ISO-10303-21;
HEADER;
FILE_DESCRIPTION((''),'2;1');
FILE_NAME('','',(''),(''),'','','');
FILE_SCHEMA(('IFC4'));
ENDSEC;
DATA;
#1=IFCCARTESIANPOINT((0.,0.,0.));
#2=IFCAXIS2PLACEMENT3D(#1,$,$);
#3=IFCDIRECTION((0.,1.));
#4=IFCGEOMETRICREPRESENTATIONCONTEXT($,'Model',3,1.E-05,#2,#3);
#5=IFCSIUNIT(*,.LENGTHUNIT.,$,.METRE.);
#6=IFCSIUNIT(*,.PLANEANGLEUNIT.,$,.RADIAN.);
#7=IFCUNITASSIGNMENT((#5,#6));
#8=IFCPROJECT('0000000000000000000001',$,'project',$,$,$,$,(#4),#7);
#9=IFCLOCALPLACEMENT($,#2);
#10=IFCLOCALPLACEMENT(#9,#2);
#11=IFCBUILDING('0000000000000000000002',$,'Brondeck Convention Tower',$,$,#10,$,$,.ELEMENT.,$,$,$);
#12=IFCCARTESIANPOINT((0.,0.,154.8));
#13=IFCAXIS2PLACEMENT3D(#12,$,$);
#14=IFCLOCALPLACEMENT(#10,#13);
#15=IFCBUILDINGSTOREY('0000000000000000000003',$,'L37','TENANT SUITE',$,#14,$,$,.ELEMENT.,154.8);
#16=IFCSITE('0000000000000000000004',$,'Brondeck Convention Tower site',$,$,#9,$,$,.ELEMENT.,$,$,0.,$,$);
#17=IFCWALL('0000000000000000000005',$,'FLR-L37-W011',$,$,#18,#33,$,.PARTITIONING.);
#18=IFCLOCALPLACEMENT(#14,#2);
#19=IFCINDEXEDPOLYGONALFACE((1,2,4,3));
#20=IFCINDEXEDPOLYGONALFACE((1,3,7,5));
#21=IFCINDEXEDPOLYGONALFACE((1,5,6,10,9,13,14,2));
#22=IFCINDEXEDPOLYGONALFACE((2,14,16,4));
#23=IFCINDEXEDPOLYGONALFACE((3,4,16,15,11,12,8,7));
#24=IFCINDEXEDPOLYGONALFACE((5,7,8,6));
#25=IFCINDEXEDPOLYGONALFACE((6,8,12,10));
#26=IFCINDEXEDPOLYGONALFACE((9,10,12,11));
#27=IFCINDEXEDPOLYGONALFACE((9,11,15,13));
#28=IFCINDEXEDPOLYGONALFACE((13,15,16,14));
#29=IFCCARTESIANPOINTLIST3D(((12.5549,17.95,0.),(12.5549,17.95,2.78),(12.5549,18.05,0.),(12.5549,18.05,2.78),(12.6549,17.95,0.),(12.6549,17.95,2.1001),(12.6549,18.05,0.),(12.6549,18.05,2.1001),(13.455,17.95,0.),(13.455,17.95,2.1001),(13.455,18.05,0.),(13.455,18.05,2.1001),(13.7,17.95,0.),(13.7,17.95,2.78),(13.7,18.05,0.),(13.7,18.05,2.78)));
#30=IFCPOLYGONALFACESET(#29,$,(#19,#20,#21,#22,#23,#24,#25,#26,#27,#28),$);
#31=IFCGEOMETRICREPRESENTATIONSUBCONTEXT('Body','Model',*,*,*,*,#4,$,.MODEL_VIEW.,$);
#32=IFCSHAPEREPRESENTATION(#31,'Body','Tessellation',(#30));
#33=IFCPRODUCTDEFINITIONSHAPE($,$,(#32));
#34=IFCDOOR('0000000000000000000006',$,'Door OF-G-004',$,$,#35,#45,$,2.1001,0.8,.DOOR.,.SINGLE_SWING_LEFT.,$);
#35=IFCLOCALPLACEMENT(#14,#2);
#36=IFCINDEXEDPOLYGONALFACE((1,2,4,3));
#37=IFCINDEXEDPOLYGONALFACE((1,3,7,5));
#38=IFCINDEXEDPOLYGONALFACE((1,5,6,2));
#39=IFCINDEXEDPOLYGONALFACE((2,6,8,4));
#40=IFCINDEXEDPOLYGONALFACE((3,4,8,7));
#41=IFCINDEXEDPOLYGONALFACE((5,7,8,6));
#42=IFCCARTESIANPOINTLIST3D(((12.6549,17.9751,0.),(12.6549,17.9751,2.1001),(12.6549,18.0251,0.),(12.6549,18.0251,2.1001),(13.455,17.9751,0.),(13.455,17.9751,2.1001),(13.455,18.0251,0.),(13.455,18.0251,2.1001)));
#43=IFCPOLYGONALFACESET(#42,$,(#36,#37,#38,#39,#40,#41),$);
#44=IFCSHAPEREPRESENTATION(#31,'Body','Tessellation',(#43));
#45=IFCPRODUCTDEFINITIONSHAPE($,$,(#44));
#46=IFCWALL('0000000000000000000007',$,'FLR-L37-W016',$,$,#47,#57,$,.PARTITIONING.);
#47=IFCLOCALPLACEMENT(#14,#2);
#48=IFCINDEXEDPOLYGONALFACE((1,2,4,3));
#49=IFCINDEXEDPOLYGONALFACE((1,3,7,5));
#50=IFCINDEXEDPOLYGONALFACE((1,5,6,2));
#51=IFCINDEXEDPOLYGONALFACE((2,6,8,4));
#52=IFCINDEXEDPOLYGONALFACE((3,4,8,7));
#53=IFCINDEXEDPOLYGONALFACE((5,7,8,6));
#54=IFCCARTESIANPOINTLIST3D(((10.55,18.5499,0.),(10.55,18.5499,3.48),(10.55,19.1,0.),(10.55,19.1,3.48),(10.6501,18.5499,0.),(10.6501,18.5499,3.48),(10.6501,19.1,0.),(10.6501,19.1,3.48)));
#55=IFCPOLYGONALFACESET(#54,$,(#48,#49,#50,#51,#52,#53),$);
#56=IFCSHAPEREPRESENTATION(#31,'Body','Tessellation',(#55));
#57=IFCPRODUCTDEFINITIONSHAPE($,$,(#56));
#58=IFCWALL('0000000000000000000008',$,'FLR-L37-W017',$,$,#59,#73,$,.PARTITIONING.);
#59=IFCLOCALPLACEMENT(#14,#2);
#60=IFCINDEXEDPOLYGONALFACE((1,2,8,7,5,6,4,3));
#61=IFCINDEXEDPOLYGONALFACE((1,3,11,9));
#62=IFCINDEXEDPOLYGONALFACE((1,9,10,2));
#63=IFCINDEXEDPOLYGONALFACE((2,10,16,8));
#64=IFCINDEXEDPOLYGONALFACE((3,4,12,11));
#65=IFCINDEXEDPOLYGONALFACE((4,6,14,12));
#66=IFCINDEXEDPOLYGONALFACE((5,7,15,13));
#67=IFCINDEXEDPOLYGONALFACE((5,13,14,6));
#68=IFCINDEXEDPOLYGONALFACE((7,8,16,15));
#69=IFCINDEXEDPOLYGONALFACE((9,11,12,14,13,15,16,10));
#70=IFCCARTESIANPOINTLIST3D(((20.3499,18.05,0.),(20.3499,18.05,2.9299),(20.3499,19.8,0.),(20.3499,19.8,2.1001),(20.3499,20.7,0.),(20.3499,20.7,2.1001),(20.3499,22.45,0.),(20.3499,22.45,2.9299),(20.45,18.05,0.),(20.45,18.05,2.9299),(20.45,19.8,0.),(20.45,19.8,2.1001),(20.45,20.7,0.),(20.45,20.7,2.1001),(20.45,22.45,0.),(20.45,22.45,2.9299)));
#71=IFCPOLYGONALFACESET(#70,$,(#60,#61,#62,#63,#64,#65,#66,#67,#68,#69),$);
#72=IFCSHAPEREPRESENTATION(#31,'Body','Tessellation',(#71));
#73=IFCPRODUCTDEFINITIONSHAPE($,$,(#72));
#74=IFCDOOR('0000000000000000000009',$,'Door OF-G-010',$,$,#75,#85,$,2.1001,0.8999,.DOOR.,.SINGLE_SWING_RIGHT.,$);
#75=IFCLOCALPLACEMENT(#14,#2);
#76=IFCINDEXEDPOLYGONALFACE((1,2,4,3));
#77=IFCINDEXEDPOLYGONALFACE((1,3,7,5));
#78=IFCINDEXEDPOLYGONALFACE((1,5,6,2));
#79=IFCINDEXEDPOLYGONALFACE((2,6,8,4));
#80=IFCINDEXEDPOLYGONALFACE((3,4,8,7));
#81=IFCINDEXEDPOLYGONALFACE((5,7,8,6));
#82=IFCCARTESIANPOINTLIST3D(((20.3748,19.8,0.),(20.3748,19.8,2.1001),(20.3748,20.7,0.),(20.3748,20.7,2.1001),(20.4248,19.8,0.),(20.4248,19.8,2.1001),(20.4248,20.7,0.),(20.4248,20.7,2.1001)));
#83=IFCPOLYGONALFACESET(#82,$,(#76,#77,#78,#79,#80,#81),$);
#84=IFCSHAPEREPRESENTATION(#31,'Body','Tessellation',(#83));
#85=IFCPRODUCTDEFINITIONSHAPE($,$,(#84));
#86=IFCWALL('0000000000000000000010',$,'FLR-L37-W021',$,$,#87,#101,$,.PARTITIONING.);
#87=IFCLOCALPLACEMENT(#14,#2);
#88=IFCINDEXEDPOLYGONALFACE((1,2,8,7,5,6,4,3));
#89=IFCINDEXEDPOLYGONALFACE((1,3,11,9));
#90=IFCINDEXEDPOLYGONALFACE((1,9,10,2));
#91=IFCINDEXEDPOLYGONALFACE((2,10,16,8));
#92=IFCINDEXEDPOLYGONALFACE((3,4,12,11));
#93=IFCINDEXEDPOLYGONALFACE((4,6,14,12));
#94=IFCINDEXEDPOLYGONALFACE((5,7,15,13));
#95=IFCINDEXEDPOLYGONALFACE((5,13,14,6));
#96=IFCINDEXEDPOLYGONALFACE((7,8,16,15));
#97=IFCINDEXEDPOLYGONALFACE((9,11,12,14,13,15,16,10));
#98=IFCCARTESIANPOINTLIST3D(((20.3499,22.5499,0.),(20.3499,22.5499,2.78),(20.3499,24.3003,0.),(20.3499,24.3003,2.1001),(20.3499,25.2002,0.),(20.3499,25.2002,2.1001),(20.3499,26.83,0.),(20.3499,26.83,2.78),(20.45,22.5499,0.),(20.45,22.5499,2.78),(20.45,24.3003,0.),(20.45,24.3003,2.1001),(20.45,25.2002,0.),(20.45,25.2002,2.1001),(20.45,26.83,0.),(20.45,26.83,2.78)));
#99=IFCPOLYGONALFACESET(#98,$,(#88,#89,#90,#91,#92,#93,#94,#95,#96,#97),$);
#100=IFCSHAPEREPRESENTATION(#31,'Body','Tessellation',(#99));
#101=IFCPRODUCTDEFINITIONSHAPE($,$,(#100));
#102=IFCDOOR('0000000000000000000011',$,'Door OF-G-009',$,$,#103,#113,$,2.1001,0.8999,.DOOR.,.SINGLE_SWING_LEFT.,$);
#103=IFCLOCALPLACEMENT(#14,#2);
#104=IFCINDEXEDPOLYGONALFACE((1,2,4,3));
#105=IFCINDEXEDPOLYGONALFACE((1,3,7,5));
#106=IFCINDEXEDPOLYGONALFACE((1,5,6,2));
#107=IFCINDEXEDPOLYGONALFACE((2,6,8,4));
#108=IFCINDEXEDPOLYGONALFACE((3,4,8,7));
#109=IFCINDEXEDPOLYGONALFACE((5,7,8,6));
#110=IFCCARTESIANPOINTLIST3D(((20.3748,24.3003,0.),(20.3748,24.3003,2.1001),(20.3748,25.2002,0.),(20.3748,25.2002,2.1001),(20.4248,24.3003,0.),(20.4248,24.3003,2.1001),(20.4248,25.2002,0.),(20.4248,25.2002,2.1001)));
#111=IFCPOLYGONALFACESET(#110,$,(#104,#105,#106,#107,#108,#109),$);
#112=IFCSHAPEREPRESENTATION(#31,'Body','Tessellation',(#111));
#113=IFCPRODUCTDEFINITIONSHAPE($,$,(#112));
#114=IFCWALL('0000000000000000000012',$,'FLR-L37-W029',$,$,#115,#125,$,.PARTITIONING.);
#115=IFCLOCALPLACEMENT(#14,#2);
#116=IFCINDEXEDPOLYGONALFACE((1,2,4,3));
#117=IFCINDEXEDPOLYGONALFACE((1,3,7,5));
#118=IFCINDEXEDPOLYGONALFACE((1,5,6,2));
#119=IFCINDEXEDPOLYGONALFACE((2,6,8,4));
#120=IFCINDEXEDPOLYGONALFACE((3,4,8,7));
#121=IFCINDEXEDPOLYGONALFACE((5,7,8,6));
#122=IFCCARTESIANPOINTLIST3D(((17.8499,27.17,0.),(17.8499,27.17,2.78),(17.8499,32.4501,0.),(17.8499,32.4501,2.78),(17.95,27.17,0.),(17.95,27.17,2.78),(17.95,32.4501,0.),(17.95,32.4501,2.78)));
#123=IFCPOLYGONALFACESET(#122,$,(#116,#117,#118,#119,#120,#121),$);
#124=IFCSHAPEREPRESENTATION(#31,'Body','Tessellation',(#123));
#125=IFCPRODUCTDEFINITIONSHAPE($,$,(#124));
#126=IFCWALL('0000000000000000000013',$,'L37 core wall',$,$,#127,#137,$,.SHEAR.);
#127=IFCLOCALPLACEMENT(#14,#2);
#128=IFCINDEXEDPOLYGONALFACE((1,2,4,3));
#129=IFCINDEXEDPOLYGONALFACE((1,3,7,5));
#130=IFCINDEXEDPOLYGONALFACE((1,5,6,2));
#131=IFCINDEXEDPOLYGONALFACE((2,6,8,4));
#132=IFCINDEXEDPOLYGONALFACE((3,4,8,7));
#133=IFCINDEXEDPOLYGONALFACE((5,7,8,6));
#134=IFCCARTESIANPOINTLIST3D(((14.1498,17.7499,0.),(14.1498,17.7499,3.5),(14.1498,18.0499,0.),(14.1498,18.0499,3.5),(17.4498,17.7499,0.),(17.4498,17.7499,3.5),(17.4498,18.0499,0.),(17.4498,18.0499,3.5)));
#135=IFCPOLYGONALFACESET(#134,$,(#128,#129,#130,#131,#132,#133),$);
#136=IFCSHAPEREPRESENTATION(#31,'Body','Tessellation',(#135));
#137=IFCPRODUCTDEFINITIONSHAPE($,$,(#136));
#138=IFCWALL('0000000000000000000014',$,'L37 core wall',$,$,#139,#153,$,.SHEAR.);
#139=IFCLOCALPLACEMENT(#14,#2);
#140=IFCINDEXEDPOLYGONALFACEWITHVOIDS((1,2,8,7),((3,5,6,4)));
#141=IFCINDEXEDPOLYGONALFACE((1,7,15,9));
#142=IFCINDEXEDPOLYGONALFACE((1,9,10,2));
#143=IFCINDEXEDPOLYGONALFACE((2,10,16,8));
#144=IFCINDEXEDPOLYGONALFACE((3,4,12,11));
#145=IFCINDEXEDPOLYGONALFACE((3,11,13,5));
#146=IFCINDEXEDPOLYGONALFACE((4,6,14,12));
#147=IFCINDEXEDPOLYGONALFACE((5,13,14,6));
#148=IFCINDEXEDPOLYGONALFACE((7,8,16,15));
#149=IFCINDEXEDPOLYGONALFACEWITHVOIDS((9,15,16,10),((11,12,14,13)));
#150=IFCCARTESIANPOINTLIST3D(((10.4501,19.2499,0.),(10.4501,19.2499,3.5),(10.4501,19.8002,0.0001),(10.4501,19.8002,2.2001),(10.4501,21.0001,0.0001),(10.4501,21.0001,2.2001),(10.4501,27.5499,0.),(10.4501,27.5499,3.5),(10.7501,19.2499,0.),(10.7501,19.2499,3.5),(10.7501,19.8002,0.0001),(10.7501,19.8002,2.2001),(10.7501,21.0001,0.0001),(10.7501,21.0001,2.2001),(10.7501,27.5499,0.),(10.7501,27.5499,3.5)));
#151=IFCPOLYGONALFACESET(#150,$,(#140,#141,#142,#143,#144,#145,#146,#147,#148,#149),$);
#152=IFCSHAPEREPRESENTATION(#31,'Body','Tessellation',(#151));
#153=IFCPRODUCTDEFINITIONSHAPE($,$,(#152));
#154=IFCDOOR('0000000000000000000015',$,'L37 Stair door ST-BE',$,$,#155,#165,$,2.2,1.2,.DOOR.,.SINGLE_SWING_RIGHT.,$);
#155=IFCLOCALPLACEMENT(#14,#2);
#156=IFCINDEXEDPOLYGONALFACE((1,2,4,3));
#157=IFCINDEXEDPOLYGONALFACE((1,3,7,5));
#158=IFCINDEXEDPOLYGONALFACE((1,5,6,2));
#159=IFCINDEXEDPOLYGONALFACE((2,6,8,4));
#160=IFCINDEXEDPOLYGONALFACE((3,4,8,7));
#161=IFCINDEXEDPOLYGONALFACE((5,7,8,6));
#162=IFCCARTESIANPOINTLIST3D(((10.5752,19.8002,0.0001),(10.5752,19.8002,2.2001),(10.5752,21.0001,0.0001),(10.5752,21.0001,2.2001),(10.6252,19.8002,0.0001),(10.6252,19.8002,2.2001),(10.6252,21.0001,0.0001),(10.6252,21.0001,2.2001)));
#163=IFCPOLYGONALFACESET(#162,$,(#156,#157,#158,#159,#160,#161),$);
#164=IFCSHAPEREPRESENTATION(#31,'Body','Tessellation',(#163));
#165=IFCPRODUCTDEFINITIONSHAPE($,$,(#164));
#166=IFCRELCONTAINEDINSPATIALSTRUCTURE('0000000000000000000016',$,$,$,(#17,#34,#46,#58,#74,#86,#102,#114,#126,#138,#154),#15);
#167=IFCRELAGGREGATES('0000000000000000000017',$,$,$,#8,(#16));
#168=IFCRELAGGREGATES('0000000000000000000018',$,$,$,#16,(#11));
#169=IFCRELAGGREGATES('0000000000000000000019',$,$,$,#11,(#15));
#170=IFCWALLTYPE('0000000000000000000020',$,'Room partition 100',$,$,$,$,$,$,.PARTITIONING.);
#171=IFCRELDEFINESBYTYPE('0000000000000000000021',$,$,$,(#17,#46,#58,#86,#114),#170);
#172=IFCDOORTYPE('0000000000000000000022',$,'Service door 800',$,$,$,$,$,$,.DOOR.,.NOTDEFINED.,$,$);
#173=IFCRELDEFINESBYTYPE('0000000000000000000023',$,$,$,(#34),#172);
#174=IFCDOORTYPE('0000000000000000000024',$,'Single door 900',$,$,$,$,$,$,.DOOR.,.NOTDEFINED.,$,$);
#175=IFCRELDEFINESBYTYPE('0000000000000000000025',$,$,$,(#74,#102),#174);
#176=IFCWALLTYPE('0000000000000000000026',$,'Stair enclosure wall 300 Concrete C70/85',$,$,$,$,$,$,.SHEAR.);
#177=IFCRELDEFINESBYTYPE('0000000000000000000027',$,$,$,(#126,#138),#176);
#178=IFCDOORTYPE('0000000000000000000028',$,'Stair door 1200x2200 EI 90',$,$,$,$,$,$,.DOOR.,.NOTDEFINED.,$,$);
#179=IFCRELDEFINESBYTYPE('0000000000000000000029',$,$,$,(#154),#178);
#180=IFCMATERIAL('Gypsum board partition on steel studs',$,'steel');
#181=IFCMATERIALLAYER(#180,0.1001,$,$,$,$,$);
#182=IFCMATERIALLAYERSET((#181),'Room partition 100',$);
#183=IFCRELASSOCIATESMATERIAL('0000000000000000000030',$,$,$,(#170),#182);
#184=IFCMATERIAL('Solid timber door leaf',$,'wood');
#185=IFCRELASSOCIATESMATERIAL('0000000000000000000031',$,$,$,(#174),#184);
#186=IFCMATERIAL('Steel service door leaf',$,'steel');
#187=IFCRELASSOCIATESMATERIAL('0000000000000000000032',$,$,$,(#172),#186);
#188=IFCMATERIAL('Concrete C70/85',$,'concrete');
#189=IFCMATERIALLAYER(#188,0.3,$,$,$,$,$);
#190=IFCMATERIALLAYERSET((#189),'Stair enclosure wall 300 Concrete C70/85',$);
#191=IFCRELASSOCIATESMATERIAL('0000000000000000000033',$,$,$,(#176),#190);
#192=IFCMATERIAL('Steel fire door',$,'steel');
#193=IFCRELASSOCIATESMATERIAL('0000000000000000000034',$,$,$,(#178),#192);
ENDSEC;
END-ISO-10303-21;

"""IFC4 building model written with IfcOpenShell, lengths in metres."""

from ifc_helpers import new_model, si_unit, direction, frame, frame_2d, origin, place, context, subcontext, project, spatial, rectangle, extrude, material, layer, layer_set, type_object, element, fill, save


model = new_model("IFC4")

# Units and contexts
model_context = context("Model", 3, precision=1e-05, world=origin(), true_north=direction((0.0, 1.0)))
body_context = subcontext(model_context, "Body", "Model", "MODEL_VIEW")
ifc_project = project(units=[si_unit("LENGTHUNIT", "METRE"), si_unit("PLANEANGLEUNIT", "RADIAN")], contexts=[model_context])

# Site, building, storey
site_placement = place(None, origin())
site = spatial("IfcSite", under=ifc_project, at=site_placement, Name="Brondeck Convention Tower site", CompositionType="ELEMENT", RefElevation=0.0)
building_placement = place(site_placement, origin())
building = spatial("IfcBuilding", under=site, at=building_placement, Name="Brondeck Convention Tower", CompositionType="ELEMENT")
storey_placement = place(building_placement, frame((0.0, 0.0, 154.8)))
storey = spatial("IfcBuildingStorey", under=building, at=storey_placement, Name="L37", Description="TENANT SUITE", CompositionType="ELEMENT", Elevation=154.8)

# Shared definitions
ifc_material_1 = material(Name="Concrete C70/85", Category="concrete")

# Wall, opening, door
ifc_material_2 = material(Name="Gypsum board partition on steel studs", Category="steel")
ifc_layer_1 = layer(ifc_material_2, 0.1001)
ifc_layer_set_1 = layer_set([ifc_layer_1], Name="Room partition 100")
wall_type_1 = type_object("IfcWallType", Name="Room partition 100", PredefinedType="PARTITIONING", material=ifc_layer_set_1)
ifc_material_3 = material(Name="Solid timber door leaf", Category="wood")
door_type_1 = type_object("IfcDoorType", Name="Single door 900", OperationType="NOTDEFINED", PredefinedType="DOOR", material=ifc_material_3)
wall_1_placement = place(storey_placement, frame((13.7, 18.0, 0.0), z_axis=(0.0, 0.0, 1.0), x_axis=(-1.0, 0.0, 0.0)))
wall_1 = element("IfcWall", 1, at=wall_1_placement, inside=storey, type_object=wall_type_1, Name="FLR-L37-W011", PredefinedType="PARTITIONING", context=body_context, shape_type="SweptSolid", body=[
    extrude(rectangle(XDim=1.145, YDim=0.1001, at=frame_2d((0.5725, 0.0))), origin(), (0.0, 0.0, 1.0), 2.78),
])
opening_1_placement = place(wall_1_placement, frame((0.2451, 0.0, 0.0)))
opening_1 = element("IfcOpeningElement", 2, at=opening_1_placement, cuts=wall_1, PredefinedType="OPENING", context=body_context, shape_type="SweptSolid", body=[
    extrude(rectangle(XDim=0.8, YDim=2.1001, at=frame_2d((0.3999, 1.05))), frame((0.0, 0.0601, 0.0), z_axis=(0.0, -1.0, 0.0), x_axis=(1.0, 0.0, 0.0)), (0.0, 0.0, 1.0), 0.1201),
])
ifc_material_4 = material(Name="Steel service door leaf", Category="steel")
door_type_2 = type_object("IfcDoorType", Name="Service door 800", OperationType="NOTDEFINED", PredefinedType="DOOR", material=ifc_material_4)
door_1_placement = place(opening_1_placement, origin())
door_1 = element("IfcDoor", 3, at=door_1_placement, inside=storey, type_object=door_type_2, Name="Door OF-G-004", OperationType="SINGLE_SWING_LEFT", OverallHeight=2.1001, OverallWidth=0.8, PredefinedType="DOOR", context=body_context, shape_type="SweptSolid", body=[
    extrude(rectangle(XDim=0.8, YDim=2.1001, at=frame_2d((0.3999, 1.05))), frame((0.0, 0.0249, 0.0), z_axis=(0.0, -1.0, 0.0), x_axis=(1.0, 0.0, 0.0)), (0.0, 0.0, 1.0), 0.05),
])
fill(opening_1, door_1)

# Wall
wall_2_placement = place(storey_placement, frame((10.6001, 18.55, 0.0), z_axis=(0.0, 0.0, 1.0), x_axis=(0.0, 1.0, 0.0)))
element("IfcWall", 4, at=wall_2_placement, inside=storey, type_object=wall_type_1, Name="FLR-L37-W016", PredefinedType="PARTITIONING", context=body_context, shape_type="SweptSolid", body=[
    extrude(rectangle(XDim=0.55, YDim=0.1001, at=frame_2d((0.2749, 0.0))), origin(), (0.0, 0.0, 1.0), 3.48),
])

# Walls, openings, doors
wall_3_placement = place(storey_placement, frame((20.3999, 22.45, 0.0), z_axis=(0.0, 0.0, 1.0), x_axis=(0.0, -1.0, 0.0)))
wall_3 = element("IfcWall", 5, at=wall_3_placement, inside=storey, type_object=wall_type_1, Name="FLR-L37-W017", PredefinedType="PARTITIONING", context=body_context, shape_type="SweptSolid", body=[
    extrude(rectangle(XDim=4.3999, YDim=0.1001, at=frame_2d((2.2, 0.0))), origin(), (0.0, 0.0, 1.0), 2.9299),
])
opening_2_placement = place(wall_3_placement, frame((1.75, 0.0, 0.0)))
opening_2 = element("IfcOpeningElement", 6, at=opening_2_placement, cuts=wall_3, PredefinedType="OPENING", context=body_context, shape_type="SweptSolid", body=[
    extrude(rectangle(XDim=0.8999, YDim=2.1001, at=frame_2d((0.45, 1.05))), frame((0.0, 0.0601, 0.0), z_axis=(0.0, -1.0, 0.0), x_axis=(1.0, 0.0, 0.0)), (0.0, 0.0, 1.0), 0.1201),
])
door_2_placement = place(opening_2_placement, origin())
door_2 = element("IfcDoor", 7, at=door_2_placement, inside=storey, type_object=door_type_1, Name="Door OF-G-010", OperationType="SINGLE_SWING_RIGHT", OverallHeight=2.1001, OverallWidth=0.8999, PredefinedType="DOOR", context=body_context, shape_type="SweptSolid", body=[
    extrude(rectangle(XDim=0.8999, YDim=2.1001, at=frame_2d((0.45, 1.05))), frame((0.0, 0.0249, 0.0), z_axis=(0.0, -1.0, 0.0), x_axis=(1.0, 0.0, 0.0)), (0.0, 0.0, 1.0), 0.05),
])
fill(opening_2, door_2)
wall_4_placement = place(storey_placement, frame((20.3999, 26.8301, 0.0), z_axis=(0.0, 0.0, 1.0), x_axis=(0.0, -1.0, 0.0)))
wall_4 = element("IfcWall", 8, at=wall_4_placement, inside=storey, type_object=wall_type_1, Name="FLR-L37-W021", PredefinedType="PARTITIONING", context=body_context, shape_type="SweptSolid", body=[
    extrude(rectangle(XDim=4.28, YDim=0.1001, at=frame_2d((2.1401, 0.0))), origin(), (0.0, 0.0, 1.0), 2.78),
])
opening_3_placement = place(wall_4_placement, frame((1.6299, 0.0, 0.0)))
opening_3 = element("IfcOpeningElement", 9, at=opening_3_placement, cuts=wall_4, PredefinedType="OPENING", context=body_context, shape_type="SweptSolid", body=[
    extrude(rectangle(XDim=0.8999, YDim=2.1001, at=frame_2d((0.45, 1.05))), frame((0.0, 0.0601, 0.0), z_axis=(0.0, -1.0, 0.0), x_axis=(1.0, 0.0, 0.0)), (0.0, 0.0, 1.0), 0.1201),
])
door_3_placement = place(opening_3_placement, origin())
door_3 = element("IfcDoor", 10, at=door_3_placement, inside=storey, type_object=door_type_1, Name="Door OF-G-009", OperationType="SINGLE_SWING_LEFT", OverallHeight=2.1001, OverallWidth=0.8999, PredefinedType="DOOR", context=body_context, shape_type="SweptSolid", body=[
    extrude(rectangle(XDim=0.8999, YDim=2.1001, at=frame_2d((0.45, 1.05))), frame((0.0, 0.0249, 0.0), z_axis=(0.0, -1.0, 0.0), x_axis=(1.0, 0.0, 0.0)), (0.0, 0.0, 1.0), 0.05),
])
fill(opening_3, door_3)

# Walls
wall_5_placement = place(storey_placement, frame((17.8999, 27.1699, 0.0), z_axis=(0.0, 0.0, 1.0), x_axis=(0.0, 1.0, 0.0)))
element("IfcWall", 11, at=wall_5_placement, inside=storey, type_object=wall_type_1, Name="FLR-L37-W029", PredefinedType="PARTITIONING", context=body_context, shape_type="SweptSolid", body=[
    extrude(rectangle(XDim=5.28, YDim=0.1001, at=frame_2d((2.6401, 0.0))), origin(), (0.0, 0.0, 1.0), 2.78),
])
ifc_layer_2 = layer(ifc_material_1, 0.3)
ifc_layer_set_2 = layer_set([ifc_layer_2], Name="Stair enclosure wall 300 Concrete C70/85")
wall_type_2 = type_object("IfcWallType", Name="Stair enclosure wall 300 Concrete C70/85", PredefinedType="SHEAR", material=ifc_layer_set_2)
wall_6_placement = place(storey_placement, frame((14.1499, 17.8999, 0.0), z_axis=(0.0, 0.0, 1.0), x_axis=(1.0, 0.0, 0.0)))
element("IfcWall", 12, at=wall_6_placement, inside=storey, type_object=wall_type_2, Name="L37 core wall", PredefinedType="SHEAR", context=body_context, shape_type="SweptSolid", body=[
    extrude(rectangle(XDim=3.3, YDim=0.3, at=frame_2d((1.6499, 0.0))), origin(), (0.0, 0.0, 1.0), 3.5),
])

# Wall, opening, door
wall_7_placement = place(storey_placement, frame((10.6001, 19.25, 0.0), z_axis=(0.0, 0.0, 1.0), x_axis=(0.0, 1.0, 0.0)))
wall_7 = element("IfcWall", 13, at=wall_7_placement, inside=storey, type_object=wall_type_2, Name="L37 core wall", PredefinedType="SHEAR", context=body_context, shape_type="SweptSolid", body=[
    extrude(rectangle(XDim=8.3, YDim=0.3, at=frame_2d((4.1499, 0.0))), origin(), (0.0, 0.0, 1.0), 3.5),
])
opening_4_placement = place(wall_7_placement, frame((0.55, 0.0, 0.0)))
opening_4 = element("IfcOpeningElement", 14, at=opening_4_placement, cuts=wall_7, PredefinedType="OPENING", context=body_context, shape_type="SweptSolid", body=[
    extrude(rectangle(XDim=1.2, YDim=2.2, at=frame_2d((0.6001, 1.1001))), frame((0.0, 0.1599, 0.0), z_axis=(0.0, -1.0, 0.0), x_axis=(1.0, 0.0, 0.0)), (0.0, 0.0, 1.0), 0.3201),
])
ifc_material_5 = material(Name="Steel fire door", Category="steel")
door_type_3 = type_object("IfcDoorType", Name="Stair door 1200x2200 EI 90", OperationType="NOTDEFINED", PredefinedType="DOOR", material=ifc_material_5)
door_4_placement = place(opening_4_placement, origin())
door_4 = element("IfcDoor", 15, at=door_4_placement, inside=storey, type_object=door_type_3, Name="L37 Stair door ST-BE", OperationType="SINGLE_SWING_RIGHT", OverallHeight=2.2, OverallWidth=1.2, PredefinedType="DOOR", context=body_context, shape_type="SweptSolid", body=[
    extrude(rectangle(XDim=1.2, YDim=2.2, at=frame_2d((0.6001, 1.1001))), frame((0.0, 0.0249, 0.0), z_axis=(0.0, -1.0, 0.0), x_axis=(1.0, 0.0, 0.0)), (0.0, 0.0, 1.0), 0.05),
])
fill(opening_4, door_4)

save(model, "model.ifc")
